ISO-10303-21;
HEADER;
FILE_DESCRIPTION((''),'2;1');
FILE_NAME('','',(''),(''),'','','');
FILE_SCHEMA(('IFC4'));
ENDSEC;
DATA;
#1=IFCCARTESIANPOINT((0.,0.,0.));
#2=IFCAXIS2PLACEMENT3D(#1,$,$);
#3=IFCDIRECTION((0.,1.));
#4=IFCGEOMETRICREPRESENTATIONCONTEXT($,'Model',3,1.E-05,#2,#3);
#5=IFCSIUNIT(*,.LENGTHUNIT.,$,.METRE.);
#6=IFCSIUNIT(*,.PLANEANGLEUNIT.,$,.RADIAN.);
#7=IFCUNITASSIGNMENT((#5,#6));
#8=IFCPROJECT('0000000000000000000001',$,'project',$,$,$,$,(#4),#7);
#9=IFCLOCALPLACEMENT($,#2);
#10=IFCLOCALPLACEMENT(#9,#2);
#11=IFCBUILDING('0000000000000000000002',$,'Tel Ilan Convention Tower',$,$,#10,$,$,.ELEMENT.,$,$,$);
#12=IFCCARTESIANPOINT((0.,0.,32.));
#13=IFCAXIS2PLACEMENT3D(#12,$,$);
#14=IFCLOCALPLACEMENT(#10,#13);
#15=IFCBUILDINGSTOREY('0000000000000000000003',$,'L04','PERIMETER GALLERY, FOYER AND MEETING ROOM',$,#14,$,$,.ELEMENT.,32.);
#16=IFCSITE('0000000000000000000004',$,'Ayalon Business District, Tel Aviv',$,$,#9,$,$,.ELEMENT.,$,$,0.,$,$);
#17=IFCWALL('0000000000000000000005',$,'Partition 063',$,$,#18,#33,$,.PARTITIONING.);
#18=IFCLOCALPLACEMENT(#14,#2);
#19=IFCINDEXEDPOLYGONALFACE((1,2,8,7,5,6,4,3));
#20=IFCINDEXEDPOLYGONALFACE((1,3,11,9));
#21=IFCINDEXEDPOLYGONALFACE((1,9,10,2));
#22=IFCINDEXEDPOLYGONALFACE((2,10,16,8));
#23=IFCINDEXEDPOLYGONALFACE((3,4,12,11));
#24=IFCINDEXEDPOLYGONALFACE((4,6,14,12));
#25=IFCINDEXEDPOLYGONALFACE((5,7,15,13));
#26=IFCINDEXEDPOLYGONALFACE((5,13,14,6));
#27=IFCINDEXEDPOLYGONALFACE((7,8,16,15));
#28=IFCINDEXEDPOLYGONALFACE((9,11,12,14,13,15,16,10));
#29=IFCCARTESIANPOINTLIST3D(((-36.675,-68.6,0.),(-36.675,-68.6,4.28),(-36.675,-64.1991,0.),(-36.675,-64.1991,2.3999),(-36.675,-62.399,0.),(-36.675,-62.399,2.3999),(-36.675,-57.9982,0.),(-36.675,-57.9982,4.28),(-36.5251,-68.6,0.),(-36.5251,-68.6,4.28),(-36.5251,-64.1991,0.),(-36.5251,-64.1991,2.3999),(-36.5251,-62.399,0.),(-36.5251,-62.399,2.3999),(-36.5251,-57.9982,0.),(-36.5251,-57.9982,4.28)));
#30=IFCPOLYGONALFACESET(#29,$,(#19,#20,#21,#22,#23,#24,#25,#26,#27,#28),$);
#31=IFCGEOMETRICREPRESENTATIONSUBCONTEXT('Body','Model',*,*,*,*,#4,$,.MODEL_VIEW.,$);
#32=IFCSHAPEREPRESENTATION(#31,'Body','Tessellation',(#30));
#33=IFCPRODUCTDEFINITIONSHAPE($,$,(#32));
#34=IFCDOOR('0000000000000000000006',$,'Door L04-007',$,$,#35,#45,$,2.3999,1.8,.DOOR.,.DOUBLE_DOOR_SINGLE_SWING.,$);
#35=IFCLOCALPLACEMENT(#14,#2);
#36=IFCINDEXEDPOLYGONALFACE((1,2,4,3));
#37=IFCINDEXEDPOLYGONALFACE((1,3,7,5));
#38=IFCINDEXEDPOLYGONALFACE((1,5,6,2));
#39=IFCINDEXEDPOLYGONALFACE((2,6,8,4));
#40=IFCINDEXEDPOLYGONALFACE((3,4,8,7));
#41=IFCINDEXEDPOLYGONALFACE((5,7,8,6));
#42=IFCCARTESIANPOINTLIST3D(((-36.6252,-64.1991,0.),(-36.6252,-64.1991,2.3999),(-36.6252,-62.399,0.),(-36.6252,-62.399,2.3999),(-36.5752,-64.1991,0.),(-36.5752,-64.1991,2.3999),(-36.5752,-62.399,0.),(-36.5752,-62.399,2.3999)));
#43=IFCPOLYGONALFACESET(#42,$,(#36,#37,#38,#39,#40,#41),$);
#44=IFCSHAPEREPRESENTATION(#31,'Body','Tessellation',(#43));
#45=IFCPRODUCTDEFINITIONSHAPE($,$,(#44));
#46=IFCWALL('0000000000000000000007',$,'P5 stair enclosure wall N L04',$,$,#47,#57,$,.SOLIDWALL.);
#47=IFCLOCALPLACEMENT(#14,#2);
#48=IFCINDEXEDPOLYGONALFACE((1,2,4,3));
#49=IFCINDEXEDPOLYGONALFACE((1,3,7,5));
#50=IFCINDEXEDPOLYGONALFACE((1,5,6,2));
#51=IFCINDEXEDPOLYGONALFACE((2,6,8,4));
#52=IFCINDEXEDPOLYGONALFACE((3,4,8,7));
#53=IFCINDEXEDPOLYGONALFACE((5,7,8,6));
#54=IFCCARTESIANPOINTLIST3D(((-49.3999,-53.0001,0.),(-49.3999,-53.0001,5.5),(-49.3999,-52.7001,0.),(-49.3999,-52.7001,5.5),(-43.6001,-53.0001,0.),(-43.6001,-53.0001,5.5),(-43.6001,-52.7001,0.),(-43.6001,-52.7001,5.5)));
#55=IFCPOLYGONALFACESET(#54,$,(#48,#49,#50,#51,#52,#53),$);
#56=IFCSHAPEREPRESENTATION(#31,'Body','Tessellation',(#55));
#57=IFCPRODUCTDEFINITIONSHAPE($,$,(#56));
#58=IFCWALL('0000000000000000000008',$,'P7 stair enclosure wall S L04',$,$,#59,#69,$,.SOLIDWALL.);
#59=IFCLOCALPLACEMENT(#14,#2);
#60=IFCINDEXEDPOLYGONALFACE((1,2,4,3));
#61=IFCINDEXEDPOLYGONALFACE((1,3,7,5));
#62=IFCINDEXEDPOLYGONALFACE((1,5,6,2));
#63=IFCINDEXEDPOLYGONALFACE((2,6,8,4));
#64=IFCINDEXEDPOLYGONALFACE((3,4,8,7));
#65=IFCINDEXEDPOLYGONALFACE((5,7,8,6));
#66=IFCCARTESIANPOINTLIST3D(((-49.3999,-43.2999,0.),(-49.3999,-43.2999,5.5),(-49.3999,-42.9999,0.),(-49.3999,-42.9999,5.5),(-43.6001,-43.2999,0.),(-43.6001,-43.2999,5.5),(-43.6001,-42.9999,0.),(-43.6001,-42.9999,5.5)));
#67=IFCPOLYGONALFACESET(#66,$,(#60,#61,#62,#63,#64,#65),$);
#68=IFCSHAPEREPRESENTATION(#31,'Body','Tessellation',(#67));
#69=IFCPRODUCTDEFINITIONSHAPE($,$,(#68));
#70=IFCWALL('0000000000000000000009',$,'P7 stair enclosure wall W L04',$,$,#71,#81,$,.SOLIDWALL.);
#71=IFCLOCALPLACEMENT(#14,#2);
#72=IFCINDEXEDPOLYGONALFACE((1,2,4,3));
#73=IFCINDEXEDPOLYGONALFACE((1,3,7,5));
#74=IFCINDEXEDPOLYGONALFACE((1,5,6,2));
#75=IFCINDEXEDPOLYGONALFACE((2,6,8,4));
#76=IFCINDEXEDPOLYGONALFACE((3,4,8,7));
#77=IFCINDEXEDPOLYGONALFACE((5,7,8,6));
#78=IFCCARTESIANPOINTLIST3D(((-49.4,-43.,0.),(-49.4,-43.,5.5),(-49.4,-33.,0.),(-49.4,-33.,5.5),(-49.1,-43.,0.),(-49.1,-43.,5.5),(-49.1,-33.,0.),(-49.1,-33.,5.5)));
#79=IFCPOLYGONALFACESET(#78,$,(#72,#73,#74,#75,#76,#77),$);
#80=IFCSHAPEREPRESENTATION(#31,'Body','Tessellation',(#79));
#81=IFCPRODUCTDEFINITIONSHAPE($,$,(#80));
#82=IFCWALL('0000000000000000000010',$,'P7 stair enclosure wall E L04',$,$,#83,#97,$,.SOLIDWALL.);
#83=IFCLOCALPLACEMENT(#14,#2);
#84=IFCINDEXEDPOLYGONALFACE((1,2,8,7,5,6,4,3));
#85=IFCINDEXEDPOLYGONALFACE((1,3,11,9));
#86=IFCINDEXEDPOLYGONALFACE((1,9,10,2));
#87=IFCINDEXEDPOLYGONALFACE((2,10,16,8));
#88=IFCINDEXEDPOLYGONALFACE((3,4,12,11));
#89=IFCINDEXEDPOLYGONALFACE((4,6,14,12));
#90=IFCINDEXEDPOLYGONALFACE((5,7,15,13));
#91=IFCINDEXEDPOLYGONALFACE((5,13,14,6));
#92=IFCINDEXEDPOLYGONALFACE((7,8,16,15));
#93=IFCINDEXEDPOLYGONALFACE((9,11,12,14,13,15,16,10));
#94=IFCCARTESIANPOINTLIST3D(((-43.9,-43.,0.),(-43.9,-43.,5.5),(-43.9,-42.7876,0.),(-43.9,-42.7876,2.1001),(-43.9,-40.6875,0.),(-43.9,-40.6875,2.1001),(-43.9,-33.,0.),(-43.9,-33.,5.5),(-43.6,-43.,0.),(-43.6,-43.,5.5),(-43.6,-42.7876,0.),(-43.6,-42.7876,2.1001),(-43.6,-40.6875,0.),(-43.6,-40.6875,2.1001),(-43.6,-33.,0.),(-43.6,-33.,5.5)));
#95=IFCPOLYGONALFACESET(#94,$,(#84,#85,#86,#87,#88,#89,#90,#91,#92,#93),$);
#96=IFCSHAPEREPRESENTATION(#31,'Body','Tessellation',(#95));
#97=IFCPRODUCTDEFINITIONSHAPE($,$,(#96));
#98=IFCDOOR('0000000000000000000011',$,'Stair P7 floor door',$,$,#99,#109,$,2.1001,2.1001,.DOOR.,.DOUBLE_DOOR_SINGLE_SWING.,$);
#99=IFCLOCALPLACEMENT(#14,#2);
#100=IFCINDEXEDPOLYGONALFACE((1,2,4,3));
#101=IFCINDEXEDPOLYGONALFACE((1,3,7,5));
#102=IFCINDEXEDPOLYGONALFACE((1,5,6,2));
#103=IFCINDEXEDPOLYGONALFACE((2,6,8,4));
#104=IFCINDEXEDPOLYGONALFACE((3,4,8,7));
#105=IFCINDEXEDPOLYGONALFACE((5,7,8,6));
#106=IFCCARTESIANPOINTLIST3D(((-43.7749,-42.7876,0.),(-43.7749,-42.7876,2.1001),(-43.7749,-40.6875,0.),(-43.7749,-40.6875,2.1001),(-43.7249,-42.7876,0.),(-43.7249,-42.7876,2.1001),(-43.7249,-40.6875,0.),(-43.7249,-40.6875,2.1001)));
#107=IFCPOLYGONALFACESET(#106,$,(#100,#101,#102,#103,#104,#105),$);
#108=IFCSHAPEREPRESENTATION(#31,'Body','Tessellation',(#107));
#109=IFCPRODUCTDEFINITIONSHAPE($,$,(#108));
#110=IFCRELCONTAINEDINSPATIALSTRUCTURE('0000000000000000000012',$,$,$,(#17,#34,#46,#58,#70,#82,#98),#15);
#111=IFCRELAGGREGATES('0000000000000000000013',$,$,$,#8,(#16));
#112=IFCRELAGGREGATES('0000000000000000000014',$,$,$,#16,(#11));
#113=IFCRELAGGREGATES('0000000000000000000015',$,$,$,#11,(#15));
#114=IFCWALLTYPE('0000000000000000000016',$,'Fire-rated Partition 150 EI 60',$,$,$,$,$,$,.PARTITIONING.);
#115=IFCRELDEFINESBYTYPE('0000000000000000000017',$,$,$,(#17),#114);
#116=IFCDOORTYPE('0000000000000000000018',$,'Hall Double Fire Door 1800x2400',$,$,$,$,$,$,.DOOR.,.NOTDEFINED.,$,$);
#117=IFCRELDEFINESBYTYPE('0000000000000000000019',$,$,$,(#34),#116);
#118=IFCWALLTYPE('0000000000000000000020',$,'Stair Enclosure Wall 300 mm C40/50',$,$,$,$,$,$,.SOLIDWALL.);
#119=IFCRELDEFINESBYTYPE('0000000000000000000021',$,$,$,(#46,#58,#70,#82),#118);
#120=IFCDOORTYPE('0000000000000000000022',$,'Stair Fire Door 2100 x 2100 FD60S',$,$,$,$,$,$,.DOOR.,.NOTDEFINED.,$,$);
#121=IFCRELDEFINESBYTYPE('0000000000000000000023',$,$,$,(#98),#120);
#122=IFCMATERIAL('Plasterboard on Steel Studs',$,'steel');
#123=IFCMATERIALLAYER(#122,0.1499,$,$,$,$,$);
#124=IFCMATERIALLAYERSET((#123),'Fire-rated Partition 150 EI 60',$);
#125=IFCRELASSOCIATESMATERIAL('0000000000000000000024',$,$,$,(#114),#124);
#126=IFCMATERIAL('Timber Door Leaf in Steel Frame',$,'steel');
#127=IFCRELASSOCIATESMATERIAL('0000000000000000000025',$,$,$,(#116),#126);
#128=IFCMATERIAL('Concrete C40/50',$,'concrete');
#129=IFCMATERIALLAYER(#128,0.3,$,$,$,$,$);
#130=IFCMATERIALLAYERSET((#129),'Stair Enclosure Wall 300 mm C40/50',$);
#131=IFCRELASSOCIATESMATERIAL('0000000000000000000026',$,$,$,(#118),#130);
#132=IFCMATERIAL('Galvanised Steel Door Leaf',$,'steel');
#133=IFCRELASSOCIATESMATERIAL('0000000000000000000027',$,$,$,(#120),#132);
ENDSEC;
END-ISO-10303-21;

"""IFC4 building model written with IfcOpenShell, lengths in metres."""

from ifc_helpers import new_model, si_unit, direction, frame, frame_2d, origin, place, context, subcontext, project, spatial, rectangle, extrude, material, layer, layer_set, type_object, element, fill, save


model = new_model("IFC4")

# Units and contexts
model_context = context("Model", 3, precision=1e-05, world=origin(), true_north=direction((0.0, 1.0)))
body_context = subcontext(model_context, "Body", "Model", "MODEL_VIEW")
ifc_project = project(units=[si_unit("LENGTHUNIT", "METRE"), si_unit("PLANEANGLEUNIT", "RADIAN")], contexts=[model_context])

# Site, building, storey
site_placement = place(None, origin())
site = spatial("IfcSite", under=ifc_project, at=site_placement, Name="Ayalon Business District, Tel Aviv", CompositionType="ELEMENT", RefElevation=0.0)
building_placement = place(site_placement, origin())
building = spatial("IfcBuilding", under=site, at=building_placement, Name="Tel Ilan Convention Tower", CompositionType="ELEMENT")
storey_placement = place(building_placement, frame((0.0, 0.0, 32.0)))
storey = spatial("IfcBuildingStorey", under=building, at=storey_placement, Name="L04", Description="PERIMETER GALLERY, FOYER AND MEETING ROOM", CompositionType="ELEMENT", Elevation=32.0)

# Shared definitions
ifc_material_1 = material(Name="Plasterboard on Steel Studs", Category="steel")
ifc_layer_1 = layer(ifc_material_1, 0.1499)
ifc_layer_set_1 = layer_set([ifc_layer_1], Name="Fire-rated Partition 150 EI 60")
wall_type_1 = type_object("IfcWallType", Name="Fire-rated Partition 150 EI 60", PredefinedType="PARTITIONING", material=ifc_layer_set_1)

# Wall, opening, door
wall_1_placement = place(storey_placement, frame((-36.6001, -57.9983, 0.0), z_axis=(0.0, 0.0, 1.0), x_axis=(0.0, -1.0, 0.0)))
wall_1 = element("IfcWall", 1, at=wall_1_placement, inside=storey, type_object=wall_type_1, Name="Partition 063", PredefinedType="PARTITIONING", context=body_context, shape_type="SweptSolid", body=[
    extrude(rectangle(XDim=10.6018, YDim=0.1499, at=frame_2d((5.3008, 0.0))), origin(), (0.0, 0.0, 1.0), 4.28),
])
opening_1_placement = place(wall_1_placement, frame((4.4009, 0.0, 0.0)))
opening_1 = element("IfcOpeningElement", 2, at=opening_1_placement, cuts=wall_1, PredefinedType="OPENING", context=body_context, shape_type="SweptSolid", body=[
    extrude(rectangle(XDim=1.8, YDim=2.3999, at=frame_2d((0.8999, 1.2))), frame((0.0, 0.085, 0.0), z_axis=(0.0, -1.0, 0.0), x_axis=(1.0, 0.0, 0.0)), (0.0, 0.0, 1.0), 0.1699),
])
ifc_material_2 = material(Name="Timber Door Leaf in Steel Frame", Category="steel")
door_type_1 = type_object("IfcDoorType", Name="Hall Double Fire Door 1800x2400", OperationType="NOTDEFINED", PredefinedType="DOOR", material=ifc_material_2)
door_1_placement = place(opening_1_placement, origin())
door_1 = element("IfcDoor", 3, at=door_1_placement, inside=storey, type_object=door_type_1, Name="Door L04-007", OperationType="DOUBLE_DOOR_SINGLE_SWING", OverallHeight=2.3999, OverallWidth=1.8, PredefinedType="DOOR", context=body_context, shape_type="SweptSolid", body=[
    extrude(rectangle(XDim=1.8, YDim=2.3999, at=frame_2d((0.8999, 1.2))), frame((0.0, 0.0249, 0.0), z_axis=(0.0, -1.0, 0.0), x_axis=(1.0, 0.0, 0.0)), (0.0, 0.0, 1.0), 0.05),
])
fill(opening_1, door_1)

# Walls
ifc_material_3 = material(Name="Concrete C40/50", Category="concrete")
ifc_layer_2 = layer(ifc_material_3, 0.3)
ifc_layer_set_2 = layer_set([ifc_layer_2], Name="Stair Enclosure Wall 300 mm C40/50")
wall_type_2 = type_object("IfcWallType", Name="Stair Enclosure Wall 300 mm C40/50", PredefinedType="SOLIDWALL", material=ifc_layer_set_2)
for number, where, z_axis, x_axis, name in (
    (4, (-49.3999, -52.8501, 0.0), (0.0, 0.0, 1.0), (1.0, 0.0, 0.0), "P5 stair enclosure wall N L04"),
    (5, (-49.3999, -43.1499, 0.0), (0.0, 0.0, 1.0), (1.0, 0.0, 0.0), "P7 stair enclosure wall S L04"),
):
    element("IfcWall", number, at=place(storey_placement, frame(where, z_axis=z_axis, x_axis=x_axis)), inside=storey, type_object=wall_type_2, Name=name, PredefinedType="SOLIDWALL", context=body_context, shape_type="SweptSolid", body=[
        extrude(rectangle(XDim=5.7998, YDim=0.3, at=frame_2d((2.8999, 0.0))), origin(), (0.0, 0.0, 1.0), 5.5),
    ])
wall_2_placement = place(storey_placement, frame((-49.25, -43.0, 0.0), z_axis=(0.0, 0.0, 1.0), x_axis=(0.0, 1.0, 0.0)))
element("IfcWall", 6, at=wall_2_placement, inside=storey, type_object=wall_type_2, Name="P7 stair enclosure wall W L04", PredefinedType="SOLIDWALL", context=body_context, shape_type="SweptSolid", body=[
    extrude(rectangle(XDim=10.0, YDim=0.3, at=frame_2d((5.0, 0.0))), origin(), (0.0, 0.0, 1.0), 5.5),
])

# Wall, opening, door
wall_3_placement = place(storey_placement, frame((-43.75, -43.0, 0.0), z_axis=(0.0, 0.0, 1.0), x_axis=(0.0, 1.0, 0.0)))
wall_3 = element("IfcWall", 7, at=wall_3_placement, inside=storey, type_object=wall_type_2, Name="P7 stair enclosure wall E L04", PredefinedType="SOLIDWALL", context=body_context, shape_type="SweptSolid", body=[
    extrude(rectangle(XDim=10.0, YDim=0.3, at=frame_2d((5.0, 0.0))), origin(), (0.0, 0.0, 1.0), 5.5),
])
opening_2_placement = place(wall_3_placement, frame((0.2124, 0.0, 0.0)))
opening_2 = element("IfcOpeningElement", 8, at=opening_2_placement, cuts=wall_3, PredefinedType="OPENING", context=body_context, shape_type="SweptSolid", body=[
    extrude(rectangle(XDim=2.1001, YDim=2.1001, at=frame_2d((1.05, 1.05))), frame((0.0, 0.1599, 0.0), z_axis=(0.0, -1.0, 0.0), x_axis=(1.0, 0.0, 0.0)), (0.0, 0.0, 1.0), 0.3201),
])
ifc_material_4 = material(Name="Galvanised Steel Door Leaf", Category="steel")
door_type_2 = type_object("IfcDoorType", Name="Stair Fire Door 2100 x 2100 FD60S", OperationType="NOTDEFINED", PredefinedType="DOOR", material=ifc_material_4)
door_2_placement = place(opening_2_placement, origin())
door_2 = element("IfcDoor", 9, at=door_2_placement, inside=storey, type_object=door_type_2, Name="Stair P7 floor door", OperationType="DOUBLE_DOOR_SINGLE_SWING", OverallHeight=2.1001, OverallWidth=2.1001, PredefinedType="DOOR", context=body_context, shape_type="SweptSolid", body=[
    extrude(rectangle(XDim=2.1001, YDim=2.1001, at=frame_2d((1.05, 1.05))), frame((0.0, 0.0249, 0.0), z_axis=(0.0, -1.0, 0.0), x_axis=(1.0, 0.0, 0.0)), (0.0, 0.0, 1.0), 0.05),
])
fill(opening_2, door_2)

save(model, "model.ifc")
